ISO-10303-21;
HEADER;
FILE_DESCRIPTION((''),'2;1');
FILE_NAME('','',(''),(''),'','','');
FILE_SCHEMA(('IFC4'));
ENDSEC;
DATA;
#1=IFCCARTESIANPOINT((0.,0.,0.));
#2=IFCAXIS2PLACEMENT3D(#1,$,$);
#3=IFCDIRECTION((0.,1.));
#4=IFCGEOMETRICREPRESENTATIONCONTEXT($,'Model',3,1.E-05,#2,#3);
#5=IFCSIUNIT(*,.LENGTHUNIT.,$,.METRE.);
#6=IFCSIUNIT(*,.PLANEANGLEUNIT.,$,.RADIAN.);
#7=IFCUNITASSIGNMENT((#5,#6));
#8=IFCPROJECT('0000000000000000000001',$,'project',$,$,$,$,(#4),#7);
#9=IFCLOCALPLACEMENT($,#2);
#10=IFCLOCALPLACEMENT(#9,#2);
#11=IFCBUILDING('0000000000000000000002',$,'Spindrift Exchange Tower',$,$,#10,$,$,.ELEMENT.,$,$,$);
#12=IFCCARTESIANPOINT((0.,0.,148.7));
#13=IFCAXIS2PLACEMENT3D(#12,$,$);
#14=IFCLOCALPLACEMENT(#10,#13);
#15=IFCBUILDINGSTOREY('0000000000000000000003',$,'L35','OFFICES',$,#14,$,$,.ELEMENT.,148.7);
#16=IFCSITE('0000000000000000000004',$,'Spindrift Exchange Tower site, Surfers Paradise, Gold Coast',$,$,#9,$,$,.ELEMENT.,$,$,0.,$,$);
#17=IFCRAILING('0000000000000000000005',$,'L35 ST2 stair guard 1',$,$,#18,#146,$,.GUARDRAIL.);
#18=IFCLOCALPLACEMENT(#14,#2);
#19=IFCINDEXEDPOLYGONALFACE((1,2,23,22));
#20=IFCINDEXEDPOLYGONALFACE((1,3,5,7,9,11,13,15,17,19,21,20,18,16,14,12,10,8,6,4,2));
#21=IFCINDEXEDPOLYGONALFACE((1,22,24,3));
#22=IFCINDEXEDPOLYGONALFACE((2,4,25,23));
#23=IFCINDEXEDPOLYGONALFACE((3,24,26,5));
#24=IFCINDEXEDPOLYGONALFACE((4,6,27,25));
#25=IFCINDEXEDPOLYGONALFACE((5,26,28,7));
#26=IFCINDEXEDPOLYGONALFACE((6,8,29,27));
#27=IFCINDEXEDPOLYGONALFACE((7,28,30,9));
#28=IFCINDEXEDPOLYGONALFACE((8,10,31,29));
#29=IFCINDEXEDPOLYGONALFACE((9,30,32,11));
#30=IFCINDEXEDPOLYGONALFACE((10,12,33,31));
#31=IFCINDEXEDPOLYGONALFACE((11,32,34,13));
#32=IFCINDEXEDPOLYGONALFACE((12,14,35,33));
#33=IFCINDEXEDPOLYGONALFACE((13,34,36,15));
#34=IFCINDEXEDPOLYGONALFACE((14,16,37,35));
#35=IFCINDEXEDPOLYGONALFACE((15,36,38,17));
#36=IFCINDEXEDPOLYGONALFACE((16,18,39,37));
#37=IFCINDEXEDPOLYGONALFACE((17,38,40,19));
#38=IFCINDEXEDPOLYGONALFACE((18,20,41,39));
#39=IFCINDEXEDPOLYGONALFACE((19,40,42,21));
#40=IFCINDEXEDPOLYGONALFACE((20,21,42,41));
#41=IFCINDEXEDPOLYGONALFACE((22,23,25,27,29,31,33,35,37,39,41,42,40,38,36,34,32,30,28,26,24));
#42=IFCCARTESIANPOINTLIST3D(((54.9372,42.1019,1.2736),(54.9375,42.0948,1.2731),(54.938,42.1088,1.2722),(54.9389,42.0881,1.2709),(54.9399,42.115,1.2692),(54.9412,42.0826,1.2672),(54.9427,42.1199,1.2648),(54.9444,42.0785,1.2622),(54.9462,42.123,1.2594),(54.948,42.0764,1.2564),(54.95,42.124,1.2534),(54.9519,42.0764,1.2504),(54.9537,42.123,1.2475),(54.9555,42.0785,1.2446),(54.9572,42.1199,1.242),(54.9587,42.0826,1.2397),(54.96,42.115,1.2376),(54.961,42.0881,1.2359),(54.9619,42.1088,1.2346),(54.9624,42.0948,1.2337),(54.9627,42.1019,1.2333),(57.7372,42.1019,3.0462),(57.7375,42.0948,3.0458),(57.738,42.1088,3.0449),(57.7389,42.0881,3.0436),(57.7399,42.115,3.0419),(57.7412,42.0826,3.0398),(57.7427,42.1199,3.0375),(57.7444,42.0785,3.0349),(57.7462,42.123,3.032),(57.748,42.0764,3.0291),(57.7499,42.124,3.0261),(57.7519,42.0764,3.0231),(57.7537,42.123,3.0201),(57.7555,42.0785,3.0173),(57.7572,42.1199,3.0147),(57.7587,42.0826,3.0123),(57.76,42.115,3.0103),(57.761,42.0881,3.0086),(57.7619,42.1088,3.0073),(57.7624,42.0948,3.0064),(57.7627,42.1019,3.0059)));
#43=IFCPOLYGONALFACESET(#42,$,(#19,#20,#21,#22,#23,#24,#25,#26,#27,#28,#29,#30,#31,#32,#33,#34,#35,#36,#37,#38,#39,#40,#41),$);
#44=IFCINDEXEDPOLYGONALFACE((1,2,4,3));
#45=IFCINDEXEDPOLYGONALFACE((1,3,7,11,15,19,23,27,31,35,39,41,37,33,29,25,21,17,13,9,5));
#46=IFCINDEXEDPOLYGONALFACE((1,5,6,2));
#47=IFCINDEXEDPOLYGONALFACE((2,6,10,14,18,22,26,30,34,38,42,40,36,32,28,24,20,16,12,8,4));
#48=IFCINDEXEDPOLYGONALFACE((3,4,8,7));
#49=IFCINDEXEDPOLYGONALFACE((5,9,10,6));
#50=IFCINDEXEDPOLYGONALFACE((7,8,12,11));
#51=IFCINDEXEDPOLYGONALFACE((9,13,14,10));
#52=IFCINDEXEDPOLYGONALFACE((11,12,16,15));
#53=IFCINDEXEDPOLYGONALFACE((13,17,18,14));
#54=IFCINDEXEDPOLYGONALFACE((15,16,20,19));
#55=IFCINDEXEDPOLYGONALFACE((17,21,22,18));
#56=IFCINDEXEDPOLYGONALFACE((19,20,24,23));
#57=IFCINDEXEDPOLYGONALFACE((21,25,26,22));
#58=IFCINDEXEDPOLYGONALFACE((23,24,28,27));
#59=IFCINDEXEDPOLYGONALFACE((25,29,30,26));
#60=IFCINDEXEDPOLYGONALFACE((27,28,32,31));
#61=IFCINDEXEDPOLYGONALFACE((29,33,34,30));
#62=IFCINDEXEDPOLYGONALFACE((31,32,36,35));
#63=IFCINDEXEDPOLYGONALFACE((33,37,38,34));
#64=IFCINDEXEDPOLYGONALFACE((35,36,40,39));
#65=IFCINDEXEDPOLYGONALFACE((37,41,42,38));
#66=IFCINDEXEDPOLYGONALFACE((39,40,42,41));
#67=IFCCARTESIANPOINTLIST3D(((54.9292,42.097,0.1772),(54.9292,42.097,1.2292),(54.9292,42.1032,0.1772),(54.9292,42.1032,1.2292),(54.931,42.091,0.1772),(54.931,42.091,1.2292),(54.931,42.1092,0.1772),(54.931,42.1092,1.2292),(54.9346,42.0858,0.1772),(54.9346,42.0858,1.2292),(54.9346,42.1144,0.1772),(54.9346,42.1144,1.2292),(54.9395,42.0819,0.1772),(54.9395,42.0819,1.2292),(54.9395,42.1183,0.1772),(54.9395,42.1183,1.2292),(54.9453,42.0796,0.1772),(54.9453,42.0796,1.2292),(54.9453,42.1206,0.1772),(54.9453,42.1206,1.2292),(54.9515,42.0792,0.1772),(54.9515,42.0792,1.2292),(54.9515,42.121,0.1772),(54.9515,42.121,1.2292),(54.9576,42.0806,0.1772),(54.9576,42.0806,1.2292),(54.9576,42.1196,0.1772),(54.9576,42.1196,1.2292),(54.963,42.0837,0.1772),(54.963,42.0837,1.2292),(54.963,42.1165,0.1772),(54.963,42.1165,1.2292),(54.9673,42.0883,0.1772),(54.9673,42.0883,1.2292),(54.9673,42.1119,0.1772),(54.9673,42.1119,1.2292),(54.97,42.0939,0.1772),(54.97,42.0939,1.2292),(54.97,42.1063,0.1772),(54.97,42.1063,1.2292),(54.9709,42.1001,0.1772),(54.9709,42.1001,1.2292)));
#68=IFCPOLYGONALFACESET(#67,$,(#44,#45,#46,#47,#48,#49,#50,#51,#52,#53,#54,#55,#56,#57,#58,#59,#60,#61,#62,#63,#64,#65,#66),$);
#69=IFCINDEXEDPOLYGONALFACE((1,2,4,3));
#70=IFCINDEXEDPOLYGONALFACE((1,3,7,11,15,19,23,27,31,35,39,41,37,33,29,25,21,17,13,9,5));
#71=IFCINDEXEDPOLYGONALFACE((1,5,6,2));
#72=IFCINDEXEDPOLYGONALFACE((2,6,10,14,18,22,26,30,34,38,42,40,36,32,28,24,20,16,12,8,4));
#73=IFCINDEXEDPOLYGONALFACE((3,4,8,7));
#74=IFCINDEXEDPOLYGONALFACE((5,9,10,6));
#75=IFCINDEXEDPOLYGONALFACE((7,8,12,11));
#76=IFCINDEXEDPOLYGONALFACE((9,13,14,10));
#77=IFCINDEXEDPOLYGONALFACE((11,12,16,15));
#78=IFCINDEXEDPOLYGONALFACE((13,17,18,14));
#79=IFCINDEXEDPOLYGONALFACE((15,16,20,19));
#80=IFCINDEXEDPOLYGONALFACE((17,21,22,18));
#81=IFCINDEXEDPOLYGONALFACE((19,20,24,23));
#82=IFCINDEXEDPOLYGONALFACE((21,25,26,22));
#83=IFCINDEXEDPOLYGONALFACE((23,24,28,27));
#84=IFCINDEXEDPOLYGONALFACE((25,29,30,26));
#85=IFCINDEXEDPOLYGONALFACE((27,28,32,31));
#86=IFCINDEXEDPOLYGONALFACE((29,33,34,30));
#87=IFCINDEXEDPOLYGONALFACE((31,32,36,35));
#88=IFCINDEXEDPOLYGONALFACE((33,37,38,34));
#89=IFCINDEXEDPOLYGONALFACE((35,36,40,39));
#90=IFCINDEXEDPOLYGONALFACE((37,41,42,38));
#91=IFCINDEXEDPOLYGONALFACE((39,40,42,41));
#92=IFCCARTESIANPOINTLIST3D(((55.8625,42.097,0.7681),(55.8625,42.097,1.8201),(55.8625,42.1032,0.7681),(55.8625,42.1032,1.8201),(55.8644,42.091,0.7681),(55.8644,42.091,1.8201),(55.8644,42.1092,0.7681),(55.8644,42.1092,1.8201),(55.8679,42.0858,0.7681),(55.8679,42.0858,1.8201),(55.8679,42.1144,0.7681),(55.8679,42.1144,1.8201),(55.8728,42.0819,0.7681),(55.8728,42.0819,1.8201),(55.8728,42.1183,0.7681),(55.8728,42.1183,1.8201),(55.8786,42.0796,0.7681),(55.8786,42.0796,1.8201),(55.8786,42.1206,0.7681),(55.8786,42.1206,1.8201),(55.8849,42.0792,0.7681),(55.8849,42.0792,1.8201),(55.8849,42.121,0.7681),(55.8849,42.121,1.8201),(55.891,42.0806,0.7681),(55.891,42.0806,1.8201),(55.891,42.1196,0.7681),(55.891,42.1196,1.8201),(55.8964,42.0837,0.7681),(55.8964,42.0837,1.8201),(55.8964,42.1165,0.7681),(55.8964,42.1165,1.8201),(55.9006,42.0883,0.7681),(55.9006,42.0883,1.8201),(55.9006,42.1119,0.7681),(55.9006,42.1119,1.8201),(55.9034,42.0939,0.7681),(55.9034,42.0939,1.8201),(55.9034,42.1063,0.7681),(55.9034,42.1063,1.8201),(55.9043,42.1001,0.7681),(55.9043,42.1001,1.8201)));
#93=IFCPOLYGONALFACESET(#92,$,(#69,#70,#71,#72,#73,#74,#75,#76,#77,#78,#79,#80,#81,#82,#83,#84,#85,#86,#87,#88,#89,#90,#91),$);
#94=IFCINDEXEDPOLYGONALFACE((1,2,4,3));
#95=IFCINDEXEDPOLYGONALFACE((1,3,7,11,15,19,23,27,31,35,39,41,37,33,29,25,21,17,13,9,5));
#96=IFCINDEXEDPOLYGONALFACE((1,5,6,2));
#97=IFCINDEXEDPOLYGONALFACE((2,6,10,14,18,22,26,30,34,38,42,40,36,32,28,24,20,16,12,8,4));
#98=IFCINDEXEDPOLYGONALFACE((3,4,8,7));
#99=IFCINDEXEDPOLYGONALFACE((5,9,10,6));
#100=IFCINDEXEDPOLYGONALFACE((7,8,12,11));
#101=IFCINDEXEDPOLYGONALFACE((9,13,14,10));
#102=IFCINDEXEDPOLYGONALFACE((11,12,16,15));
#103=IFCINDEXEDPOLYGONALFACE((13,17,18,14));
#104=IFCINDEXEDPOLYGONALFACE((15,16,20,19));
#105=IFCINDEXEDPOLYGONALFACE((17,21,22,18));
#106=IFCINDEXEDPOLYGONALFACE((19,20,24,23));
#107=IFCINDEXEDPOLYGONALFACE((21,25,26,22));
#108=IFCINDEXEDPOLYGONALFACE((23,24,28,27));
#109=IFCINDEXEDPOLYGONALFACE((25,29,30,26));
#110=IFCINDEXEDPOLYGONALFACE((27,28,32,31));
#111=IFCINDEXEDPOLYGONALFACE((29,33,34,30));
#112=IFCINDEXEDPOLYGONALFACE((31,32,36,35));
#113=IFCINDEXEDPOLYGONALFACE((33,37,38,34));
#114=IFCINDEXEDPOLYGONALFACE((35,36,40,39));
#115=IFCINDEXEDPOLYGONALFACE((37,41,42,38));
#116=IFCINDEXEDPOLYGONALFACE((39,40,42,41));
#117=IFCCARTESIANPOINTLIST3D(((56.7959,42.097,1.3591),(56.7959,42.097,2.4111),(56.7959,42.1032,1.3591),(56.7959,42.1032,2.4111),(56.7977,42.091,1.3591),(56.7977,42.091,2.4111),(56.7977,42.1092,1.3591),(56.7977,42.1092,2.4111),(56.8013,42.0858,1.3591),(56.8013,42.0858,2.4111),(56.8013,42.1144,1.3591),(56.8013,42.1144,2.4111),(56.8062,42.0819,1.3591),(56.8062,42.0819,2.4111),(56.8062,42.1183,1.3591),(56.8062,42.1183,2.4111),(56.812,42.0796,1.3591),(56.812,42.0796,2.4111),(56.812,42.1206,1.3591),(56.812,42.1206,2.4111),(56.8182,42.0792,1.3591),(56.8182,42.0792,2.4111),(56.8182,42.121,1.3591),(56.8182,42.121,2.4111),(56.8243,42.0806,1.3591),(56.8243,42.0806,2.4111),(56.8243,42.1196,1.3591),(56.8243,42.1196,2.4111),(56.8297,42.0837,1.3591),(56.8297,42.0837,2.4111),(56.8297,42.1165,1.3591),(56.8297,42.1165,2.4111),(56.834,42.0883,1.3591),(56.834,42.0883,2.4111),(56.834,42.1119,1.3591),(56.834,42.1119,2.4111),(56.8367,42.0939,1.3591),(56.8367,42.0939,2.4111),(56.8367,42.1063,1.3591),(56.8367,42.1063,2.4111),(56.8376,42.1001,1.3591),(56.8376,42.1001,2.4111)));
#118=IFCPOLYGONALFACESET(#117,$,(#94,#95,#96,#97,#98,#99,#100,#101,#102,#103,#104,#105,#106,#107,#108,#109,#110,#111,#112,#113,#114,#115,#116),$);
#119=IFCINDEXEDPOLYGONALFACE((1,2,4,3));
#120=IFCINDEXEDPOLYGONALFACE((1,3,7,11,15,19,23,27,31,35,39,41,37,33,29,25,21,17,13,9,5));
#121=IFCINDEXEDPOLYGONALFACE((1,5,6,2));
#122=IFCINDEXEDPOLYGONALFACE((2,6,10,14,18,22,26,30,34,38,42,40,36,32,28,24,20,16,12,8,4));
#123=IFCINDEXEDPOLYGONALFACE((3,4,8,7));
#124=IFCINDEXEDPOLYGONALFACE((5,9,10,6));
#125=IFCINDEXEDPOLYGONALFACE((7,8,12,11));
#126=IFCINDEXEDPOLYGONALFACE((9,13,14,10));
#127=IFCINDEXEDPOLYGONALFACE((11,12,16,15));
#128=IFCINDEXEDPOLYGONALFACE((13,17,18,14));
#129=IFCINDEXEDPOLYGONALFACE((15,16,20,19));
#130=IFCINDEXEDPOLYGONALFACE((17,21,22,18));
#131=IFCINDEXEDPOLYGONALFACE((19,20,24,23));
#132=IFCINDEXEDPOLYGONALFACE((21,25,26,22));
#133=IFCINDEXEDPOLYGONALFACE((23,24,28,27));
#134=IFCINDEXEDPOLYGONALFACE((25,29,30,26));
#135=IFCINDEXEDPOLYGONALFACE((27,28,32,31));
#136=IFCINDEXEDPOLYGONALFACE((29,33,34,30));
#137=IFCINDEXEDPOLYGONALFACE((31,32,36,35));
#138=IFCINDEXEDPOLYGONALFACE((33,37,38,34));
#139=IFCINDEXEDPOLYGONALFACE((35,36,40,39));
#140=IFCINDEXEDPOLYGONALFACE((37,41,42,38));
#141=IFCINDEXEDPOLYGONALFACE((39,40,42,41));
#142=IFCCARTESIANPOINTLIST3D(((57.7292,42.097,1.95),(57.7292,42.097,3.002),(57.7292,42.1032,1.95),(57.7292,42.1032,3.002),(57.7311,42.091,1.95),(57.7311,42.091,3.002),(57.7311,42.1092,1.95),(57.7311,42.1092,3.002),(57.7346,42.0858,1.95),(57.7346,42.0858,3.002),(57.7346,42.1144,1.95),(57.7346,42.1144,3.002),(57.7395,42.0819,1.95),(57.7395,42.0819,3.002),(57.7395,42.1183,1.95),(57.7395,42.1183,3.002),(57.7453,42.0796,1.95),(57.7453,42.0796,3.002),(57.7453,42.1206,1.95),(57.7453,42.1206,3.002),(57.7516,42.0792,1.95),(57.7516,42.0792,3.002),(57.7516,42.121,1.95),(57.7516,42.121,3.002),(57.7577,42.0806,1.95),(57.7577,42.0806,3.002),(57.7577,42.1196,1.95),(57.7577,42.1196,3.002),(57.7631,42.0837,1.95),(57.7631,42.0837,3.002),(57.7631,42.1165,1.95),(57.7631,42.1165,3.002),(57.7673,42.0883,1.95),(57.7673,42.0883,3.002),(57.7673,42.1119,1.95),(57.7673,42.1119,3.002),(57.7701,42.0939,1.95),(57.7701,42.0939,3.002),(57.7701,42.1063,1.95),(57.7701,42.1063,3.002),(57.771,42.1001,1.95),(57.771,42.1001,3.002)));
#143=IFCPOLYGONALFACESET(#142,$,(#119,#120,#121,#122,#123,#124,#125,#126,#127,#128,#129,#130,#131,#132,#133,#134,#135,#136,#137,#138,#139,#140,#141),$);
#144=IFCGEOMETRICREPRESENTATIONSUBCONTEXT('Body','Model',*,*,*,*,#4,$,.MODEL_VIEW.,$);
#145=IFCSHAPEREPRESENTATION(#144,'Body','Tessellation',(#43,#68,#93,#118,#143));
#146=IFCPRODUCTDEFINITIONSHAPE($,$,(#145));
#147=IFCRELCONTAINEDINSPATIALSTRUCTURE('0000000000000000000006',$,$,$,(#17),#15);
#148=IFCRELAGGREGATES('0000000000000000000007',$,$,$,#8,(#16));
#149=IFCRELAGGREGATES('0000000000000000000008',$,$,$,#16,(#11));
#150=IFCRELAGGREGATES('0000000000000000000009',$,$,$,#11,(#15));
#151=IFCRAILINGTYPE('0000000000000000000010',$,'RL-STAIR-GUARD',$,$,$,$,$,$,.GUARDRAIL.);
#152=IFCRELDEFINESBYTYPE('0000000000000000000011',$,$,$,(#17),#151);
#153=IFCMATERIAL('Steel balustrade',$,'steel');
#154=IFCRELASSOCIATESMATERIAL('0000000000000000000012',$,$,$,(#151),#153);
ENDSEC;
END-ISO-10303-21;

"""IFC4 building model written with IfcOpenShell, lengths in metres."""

from ifc_helpers import new_model, si_unit, direction, frame, origin, origin_2d, place, context, subcontext, project, spatial, circle, extrude, material, type_object, element, save


model = new_model("IFC4")

# Units and contexts
model_context = context("Model", 3, precision=1e-05, world=origin(), true_north=direction((0.0, 1.0)))
body_context = subcontext(model_context, "Body", "Model", "MODEL_VIEW")
ifc_project = project(units=[si_unit("LENGTHUNIT", "METRE"), si_unit("PLANEANGLEUNIT", "RADIAN")], contexts=[model_context])

# Site, building, storey
site_placement = place(None, origin())
site = spatial("IfcSite", under=ifc_project, at=site_placement, Name="Spindrift Exchange Tower site, Surfers Paradise, Gold Coast", CompositionType="ELEMENT", RefElevation=0.0)
building_placement = place(site_placement, origin())
building = spatial("IfcBuilding", under=site, at=building_placement, Name="Spindrift Exchange Tower", CompositionType="ELEMENT")
storey_placement = place(building_placement, frame((0.0, 0.0, 148.7)))
storey = spatial("IfcBuildingStorey", under=building, at=storey_placement, Name="L35", Description="OFFICES", CompositionType="ELEMENT", Elevation=148.7)

# Railing
ifc_material_1 = material(Name="Steel balustrade", Category="steel")
railing_type_1 = type_object("IfcRailingType", Name="RL-STAIR-GUARD", PredefinedType="GUARDRAIL", material=ifc_material_1)
railing_1_placement = place(storey_placement, frame((54.95, 42.1001, 0.1772)))
element("IfcRailing", 1, at=railing_1_placement, inside=storey, type_object=railing_type_1, Name="L35 ST2 stair guard 1", PredefinedType="GUARDRAIL", context=body_context, shape_type="SweptSolid", body=[
    extrude(circle(Radius=0.0239, at=origin_2d()), frame((0.0, 0.0, 1.0762), z_axis=(0.844909, 0.0, 0.53491), x_axis=(0.0, 1.0, 0.0)), (0.0, 0.0, 1.0), 3.314),
    extrude(circle(Radius=0.021, at=origin_2d()), origin(), (0.0, 0.0, 1.0), 1.052),
    extrude(circle(Radius=0.021, at=origin_2d()), frame((0.9333, 0.0, 0.5908)), (0.0, 0.0, 1.0), 1.052),
    extrude(circle(Radius=0.021, at=origin_2d()), frame((1.8667, 0.0, 1.1819)), (0.0, 0.0, 1.0), 1.052),
    extrude(circle(Radius=0.021, at=origin_2d()), frame((2.8, 0.0, 1.7727)), (0.0, 0.0, 1.0), 1.052),
])

save(model, "model.ifc")
